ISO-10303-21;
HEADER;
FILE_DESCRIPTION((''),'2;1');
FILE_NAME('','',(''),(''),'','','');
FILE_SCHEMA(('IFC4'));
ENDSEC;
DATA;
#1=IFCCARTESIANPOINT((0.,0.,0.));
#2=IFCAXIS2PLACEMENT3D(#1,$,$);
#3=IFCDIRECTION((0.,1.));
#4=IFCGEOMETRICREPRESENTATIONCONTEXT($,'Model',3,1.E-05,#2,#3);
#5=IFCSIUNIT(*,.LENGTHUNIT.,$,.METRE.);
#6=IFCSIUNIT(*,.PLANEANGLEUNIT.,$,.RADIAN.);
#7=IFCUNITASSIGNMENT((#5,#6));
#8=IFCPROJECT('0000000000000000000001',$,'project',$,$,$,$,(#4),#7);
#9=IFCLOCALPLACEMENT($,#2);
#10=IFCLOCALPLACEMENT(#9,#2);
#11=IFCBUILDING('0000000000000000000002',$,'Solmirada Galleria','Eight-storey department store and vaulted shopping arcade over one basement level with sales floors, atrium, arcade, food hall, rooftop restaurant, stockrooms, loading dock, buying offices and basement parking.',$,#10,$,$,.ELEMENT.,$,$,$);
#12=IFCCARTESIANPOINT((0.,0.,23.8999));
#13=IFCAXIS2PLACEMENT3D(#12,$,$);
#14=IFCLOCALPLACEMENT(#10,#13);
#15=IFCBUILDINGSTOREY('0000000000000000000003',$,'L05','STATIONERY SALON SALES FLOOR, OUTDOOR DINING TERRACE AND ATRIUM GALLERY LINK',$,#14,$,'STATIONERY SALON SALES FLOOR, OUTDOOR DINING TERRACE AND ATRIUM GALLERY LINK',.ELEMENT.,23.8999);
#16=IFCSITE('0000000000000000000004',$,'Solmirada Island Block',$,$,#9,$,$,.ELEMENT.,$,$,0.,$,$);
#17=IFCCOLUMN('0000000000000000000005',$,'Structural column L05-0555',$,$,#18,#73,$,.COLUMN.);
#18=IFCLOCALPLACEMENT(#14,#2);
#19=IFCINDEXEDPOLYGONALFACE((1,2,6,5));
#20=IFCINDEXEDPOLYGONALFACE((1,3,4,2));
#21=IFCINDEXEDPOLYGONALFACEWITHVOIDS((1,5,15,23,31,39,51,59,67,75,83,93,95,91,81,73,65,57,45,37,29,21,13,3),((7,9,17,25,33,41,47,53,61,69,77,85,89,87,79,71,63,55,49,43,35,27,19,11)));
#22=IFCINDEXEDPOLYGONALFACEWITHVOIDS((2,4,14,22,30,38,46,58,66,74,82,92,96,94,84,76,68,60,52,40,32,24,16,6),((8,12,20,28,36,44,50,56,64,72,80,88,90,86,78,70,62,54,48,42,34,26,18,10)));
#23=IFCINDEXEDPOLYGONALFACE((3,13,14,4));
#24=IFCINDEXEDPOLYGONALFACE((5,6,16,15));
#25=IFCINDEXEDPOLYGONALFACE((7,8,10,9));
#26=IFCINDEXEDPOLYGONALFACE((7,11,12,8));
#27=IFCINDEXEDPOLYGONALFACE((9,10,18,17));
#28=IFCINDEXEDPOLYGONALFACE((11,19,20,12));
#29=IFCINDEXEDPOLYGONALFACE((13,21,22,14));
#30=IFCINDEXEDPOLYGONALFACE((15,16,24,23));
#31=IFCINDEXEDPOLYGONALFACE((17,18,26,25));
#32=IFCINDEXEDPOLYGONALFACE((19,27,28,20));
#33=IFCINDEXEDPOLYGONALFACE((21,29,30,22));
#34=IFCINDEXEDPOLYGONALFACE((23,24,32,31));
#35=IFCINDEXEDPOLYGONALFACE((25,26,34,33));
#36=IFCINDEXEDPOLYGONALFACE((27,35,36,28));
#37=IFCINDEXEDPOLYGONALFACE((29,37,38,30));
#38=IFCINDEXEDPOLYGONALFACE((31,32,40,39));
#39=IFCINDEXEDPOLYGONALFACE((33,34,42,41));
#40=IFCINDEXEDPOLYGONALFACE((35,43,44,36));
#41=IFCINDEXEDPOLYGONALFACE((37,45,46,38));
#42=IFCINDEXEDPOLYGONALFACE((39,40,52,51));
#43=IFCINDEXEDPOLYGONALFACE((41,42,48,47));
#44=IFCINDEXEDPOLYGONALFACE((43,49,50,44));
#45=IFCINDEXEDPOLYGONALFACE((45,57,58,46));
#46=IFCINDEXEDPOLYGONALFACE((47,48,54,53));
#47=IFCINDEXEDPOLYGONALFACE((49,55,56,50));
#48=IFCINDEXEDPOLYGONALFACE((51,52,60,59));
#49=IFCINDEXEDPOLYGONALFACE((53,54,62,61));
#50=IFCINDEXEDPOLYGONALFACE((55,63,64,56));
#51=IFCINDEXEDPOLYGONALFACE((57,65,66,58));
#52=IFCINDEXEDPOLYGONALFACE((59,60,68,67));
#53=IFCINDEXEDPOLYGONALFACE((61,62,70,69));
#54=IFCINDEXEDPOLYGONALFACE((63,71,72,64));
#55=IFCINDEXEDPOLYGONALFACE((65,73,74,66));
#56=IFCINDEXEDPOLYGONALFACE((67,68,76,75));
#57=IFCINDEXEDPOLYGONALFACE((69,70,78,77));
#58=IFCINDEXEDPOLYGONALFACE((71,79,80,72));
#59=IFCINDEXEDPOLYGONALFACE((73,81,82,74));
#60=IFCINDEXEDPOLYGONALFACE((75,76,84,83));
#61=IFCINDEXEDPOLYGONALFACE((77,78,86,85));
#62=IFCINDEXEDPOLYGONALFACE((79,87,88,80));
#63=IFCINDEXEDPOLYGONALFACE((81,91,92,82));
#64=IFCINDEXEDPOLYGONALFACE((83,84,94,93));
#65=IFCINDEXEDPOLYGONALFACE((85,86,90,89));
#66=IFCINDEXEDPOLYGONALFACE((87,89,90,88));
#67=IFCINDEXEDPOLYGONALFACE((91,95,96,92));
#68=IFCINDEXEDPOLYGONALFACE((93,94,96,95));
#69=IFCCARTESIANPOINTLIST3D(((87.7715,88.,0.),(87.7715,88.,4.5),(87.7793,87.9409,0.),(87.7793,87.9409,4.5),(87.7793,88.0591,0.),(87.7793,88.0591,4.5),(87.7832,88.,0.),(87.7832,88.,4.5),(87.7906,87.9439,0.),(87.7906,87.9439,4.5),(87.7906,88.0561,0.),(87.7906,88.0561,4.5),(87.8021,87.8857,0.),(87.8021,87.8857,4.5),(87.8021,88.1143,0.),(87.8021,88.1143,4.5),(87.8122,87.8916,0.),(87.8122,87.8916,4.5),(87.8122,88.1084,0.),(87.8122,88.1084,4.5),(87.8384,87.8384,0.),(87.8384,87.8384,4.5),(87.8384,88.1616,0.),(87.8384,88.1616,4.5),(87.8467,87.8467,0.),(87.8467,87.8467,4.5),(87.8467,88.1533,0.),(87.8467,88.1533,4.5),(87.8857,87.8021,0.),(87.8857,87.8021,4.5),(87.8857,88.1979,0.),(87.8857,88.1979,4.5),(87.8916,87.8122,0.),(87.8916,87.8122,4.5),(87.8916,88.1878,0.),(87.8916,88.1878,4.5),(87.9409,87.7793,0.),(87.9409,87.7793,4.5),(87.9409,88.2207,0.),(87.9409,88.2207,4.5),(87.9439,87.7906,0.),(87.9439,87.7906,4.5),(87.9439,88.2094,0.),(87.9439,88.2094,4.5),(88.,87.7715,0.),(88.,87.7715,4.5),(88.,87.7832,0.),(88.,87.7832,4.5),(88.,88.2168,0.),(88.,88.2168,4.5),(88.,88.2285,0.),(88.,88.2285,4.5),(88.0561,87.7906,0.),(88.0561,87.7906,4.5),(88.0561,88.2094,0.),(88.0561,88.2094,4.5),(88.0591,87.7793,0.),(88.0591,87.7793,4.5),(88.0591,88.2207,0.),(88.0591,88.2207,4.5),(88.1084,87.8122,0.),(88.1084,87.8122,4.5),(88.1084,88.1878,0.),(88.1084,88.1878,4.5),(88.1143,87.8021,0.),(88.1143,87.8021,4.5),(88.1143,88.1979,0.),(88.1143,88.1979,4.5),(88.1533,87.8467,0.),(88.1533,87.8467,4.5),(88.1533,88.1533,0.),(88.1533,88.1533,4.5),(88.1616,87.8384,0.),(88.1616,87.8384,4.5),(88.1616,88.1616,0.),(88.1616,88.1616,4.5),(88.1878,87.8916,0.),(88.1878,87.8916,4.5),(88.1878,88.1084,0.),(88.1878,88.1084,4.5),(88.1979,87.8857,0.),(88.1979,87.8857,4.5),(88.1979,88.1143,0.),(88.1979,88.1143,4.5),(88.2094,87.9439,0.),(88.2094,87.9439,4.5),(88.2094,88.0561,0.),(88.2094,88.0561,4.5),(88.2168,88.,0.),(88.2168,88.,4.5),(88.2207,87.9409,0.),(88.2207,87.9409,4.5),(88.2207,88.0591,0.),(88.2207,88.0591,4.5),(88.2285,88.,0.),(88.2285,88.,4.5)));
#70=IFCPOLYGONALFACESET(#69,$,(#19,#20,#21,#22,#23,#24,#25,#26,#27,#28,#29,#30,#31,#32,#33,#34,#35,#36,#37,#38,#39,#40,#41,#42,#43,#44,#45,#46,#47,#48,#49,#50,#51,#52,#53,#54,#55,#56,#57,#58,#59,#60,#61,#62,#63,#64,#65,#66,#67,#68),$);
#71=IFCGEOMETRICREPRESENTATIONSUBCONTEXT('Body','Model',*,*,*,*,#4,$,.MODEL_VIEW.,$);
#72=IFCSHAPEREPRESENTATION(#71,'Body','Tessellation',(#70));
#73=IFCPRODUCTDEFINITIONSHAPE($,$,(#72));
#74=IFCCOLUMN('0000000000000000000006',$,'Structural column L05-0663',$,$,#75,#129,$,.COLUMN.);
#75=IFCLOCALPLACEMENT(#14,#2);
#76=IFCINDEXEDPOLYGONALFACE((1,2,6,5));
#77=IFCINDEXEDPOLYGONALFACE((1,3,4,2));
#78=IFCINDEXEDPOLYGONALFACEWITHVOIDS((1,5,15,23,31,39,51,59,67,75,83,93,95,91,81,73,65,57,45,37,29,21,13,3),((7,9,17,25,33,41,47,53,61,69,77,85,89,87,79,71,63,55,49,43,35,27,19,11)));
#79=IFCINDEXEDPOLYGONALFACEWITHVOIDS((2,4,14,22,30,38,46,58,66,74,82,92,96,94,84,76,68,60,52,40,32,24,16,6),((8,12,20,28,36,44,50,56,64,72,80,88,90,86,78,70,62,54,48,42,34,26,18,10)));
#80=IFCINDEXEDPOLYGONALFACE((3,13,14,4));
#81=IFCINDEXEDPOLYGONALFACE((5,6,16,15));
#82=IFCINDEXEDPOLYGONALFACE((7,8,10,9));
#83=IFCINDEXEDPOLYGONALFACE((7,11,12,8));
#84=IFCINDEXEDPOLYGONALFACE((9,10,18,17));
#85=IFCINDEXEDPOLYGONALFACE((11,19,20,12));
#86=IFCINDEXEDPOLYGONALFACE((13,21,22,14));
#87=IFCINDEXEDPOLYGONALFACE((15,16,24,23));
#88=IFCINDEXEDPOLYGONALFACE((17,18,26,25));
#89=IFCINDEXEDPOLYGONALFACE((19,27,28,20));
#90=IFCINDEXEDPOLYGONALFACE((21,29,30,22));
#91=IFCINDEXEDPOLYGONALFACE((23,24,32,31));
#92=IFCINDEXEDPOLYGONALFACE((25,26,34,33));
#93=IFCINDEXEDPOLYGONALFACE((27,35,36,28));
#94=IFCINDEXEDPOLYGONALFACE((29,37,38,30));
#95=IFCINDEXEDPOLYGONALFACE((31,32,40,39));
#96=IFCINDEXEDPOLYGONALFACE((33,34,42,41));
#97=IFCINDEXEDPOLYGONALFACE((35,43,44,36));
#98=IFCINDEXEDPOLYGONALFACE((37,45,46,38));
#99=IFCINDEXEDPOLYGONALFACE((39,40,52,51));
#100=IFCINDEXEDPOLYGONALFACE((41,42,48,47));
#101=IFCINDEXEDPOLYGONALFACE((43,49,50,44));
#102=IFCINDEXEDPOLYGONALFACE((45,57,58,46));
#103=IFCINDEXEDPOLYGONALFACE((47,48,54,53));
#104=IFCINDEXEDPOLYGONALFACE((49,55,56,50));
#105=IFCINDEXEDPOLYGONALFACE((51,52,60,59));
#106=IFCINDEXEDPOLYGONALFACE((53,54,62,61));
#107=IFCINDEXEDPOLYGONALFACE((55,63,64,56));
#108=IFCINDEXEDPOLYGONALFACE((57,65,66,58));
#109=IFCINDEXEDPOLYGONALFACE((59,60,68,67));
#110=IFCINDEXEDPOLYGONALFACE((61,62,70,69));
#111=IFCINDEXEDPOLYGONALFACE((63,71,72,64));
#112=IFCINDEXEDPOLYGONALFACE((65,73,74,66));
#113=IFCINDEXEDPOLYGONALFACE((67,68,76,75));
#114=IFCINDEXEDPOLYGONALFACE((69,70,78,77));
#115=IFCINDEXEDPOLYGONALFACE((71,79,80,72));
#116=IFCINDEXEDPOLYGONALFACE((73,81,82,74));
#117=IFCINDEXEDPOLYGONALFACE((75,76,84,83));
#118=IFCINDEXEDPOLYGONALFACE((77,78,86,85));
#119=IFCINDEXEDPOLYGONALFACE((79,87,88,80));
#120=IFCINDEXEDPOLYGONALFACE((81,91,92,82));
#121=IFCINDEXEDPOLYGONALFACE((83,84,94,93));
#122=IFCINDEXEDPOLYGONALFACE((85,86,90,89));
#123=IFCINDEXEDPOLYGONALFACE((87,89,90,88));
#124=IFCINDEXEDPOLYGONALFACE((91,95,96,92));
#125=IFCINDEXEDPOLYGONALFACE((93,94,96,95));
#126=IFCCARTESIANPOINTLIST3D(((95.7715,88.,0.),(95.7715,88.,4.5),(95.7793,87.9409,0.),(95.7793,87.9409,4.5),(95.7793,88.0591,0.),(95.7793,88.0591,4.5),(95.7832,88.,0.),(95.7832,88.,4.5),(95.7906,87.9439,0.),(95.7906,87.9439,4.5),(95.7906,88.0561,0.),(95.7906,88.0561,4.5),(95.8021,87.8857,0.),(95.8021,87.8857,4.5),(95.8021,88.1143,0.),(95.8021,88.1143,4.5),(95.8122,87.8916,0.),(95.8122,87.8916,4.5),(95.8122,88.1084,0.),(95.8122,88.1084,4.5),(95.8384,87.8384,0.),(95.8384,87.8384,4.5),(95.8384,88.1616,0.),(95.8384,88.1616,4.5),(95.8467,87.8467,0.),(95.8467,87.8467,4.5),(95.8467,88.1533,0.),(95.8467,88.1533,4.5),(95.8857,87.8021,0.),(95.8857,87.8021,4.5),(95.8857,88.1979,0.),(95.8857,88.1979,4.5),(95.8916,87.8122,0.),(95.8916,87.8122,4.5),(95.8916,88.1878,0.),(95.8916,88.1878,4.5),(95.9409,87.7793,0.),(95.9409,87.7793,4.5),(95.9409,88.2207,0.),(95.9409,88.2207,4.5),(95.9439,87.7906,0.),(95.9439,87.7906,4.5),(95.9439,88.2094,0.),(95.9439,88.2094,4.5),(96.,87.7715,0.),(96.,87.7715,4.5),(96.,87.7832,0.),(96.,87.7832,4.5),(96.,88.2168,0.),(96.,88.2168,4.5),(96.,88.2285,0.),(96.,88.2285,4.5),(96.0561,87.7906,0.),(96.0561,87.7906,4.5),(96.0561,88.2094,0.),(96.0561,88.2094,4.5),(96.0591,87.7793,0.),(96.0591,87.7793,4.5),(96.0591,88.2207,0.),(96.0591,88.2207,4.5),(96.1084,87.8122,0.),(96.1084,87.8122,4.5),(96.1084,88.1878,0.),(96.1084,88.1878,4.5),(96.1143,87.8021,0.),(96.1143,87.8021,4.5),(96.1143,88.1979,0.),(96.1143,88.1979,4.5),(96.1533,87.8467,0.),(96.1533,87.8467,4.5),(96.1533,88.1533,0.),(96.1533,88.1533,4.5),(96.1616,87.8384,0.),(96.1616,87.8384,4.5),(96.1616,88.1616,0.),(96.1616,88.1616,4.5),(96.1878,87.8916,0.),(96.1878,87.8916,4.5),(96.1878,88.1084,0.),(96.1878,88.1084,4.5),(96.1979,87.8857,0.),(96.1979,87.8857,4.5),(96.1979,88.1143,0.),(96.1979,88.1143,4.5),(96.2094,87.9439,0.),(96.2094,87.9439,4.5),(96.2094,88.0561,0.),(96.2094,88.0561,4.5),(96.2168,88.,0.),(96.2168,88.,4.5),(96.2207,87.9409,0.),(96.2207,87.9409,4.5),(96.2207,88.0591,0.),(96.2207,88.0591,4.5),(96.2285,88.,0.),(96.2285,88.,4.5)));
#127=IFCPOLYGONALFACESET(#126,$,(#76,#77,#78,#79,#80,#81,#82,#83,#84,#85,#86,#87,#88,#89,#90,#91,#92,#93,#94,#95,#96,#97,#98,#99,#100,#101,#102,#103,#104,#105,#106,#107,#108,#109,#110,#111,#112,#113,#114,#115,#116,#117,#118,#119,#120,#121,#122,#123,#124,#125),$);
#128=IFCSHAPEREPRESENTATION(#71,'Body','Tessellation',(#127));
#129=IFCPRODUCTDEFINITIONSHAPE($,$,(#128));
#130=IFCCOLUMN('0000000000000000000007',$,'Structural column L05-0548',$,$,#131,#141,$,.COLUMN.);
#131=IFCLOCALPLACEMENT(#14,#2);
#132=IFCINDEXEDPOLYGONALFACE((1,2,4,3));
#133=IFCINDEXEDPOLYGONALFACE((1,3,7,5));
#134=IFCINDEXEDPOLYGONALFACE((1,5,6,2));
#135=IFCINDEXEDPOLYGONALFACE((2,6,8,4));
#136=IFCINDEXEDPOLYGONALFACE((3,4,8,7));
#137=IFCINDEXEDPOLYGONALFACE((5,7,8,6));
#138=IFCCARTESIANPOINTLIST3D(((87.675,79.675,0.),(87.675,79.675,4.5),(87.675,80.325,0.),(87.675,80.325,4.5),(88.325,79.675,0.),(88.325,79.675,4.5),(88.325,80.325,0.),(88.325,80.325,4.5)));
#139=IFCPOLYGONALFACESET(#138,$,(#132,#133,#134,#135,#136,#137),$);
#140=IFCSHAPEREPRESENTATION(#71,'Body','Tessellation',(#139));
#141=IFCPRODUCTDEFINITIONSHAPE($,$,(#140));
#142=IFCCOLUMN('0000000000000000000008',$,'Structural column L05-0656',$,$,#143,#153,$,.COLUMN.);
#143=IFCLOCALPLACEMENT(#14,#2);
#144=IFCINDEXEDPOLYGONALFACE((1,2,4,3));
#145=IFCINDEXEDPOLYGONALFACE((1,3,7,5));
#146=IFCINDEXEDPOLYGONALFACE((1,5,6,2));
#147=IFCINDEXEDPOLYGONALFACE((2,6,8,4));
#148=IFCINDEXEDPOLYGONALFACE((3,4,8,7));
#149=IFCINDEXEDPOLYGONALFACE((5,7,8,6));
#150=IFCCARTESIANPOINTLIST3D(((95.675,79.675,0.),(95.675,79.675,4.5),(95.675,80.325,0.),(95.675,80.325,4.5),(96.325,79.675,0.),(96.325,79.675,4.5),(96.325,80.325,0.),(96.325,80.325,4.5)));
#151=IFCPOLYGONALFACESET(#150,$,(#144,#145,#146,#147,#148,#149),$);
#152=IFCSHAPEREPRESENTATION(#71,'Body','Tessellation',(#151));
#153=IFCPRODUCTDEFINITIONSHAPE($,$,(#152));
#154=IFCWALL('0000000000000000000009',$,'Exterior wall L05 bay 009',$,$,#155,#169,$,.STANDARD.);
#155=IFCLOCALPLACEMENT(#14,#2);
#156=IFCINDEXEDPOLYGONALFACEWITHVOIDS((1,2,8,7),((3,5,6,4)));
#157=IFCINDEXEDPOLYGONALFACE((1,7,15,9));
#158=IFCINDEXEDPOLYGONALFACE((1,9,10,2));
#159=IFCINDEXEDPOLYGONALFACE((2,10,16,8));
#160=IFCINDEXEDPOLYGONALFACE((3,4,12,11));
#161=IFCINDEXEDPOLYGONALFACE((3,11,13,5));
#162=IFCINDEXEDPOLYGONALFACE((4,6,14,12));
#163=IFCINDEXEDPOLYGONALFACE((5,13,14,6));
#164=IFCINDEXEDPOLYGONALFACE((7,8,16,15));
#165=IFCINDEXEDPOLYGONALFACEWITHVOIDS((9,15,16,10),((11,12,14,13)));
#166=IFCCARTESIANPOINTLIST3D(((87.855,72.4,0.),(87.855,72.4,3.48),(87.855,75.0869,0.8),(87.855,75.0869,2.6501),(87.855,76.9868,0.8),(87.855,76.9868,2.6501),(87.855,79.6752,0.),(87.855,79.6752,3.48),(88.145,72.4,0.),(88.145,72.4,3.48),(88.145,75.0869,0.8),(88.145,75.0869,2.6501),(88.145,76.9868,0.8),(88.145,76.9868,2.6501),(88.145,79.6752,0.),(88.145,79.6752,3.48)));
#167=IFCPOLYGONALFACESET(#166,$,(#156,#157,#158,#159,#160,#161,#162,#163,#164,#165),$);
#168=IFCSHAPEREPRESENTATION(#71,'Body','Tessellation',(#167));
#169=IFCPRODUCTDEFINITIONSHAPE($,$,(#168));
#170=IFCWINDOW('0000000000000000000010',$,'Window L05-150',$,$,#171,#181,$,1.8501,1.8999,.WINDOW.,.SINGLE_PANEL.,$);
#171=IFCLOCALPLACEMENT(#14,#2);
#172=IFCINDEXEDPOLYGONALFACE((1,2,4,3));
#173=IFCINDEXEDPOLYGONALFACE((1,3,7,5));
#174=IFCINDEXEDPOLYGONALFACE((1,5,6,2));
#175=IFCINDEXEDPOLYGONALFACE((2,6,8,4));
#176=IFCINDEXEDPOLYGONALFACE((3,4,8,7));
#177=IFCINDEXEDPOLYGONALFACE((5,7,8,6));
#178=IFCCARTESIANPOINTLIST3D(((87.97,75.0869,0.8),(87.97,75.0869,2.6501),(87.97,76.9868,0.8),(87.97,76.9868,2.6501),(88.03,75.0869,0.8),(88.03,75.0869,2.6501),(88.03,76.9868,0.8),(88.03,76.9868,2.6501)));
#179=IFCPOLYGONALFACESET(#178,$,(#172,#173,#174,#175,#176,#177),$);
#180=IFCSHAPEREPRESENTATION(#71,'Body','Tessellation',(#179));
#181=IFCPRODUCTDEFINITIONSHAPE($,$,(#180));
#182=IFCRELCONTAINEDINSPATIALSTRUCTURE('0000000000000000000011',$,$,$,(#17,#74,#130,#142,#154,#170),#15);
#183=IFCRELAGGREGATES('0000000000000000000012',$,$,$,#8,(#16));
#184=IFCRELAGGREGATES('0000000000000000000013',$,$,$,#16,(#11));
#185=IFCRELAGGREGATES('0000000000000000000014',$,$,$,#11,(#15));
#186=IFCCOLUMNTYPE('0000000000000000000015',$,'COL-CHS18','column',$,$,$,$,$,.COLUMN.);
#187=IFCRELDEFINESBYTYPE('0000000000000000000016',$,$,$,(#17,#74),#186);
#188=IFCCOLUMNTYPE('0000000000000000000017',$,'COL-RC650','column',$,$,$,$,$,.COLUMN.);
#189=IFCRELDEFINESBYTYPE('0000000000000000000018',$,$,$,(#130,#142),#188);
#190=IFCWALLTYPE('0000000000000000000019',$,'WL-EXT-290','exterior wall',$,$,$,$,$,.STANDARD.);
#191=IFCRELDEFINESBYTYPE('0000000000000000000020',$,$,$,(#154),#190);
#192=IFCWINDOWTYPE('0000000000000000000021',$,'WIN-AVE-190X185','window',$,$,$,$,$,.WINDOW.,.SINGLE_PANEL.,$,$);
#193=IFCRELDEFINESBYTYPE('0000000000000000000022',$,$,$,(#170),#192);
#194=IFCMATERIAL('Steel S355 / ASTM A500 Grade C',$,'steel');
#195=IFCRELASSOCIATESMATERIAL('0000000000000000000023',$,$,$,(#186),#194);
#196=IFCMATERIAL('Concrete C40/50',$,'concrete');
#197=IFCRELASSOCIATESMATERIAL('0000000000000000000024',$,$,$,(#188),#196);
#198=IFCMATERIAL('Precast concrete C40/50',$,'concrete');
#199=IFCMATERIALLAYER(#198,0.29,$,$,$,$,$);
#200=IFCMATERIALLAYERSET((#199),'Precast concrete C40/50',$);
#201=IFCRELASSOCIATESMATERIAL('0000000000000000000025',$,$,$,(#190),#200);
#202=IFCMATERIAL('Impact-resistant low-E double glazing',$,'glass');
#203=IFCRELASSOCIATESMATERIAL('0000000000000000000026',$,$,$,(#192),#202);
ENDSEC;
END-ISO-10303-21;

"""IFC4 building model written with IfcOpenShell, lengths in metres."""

from ifc_helpers import new_model, si_unit, direction, frame, frame_2d, origin, origin_2d, place, context, subcontext, project, spatial, rectangle, hollow_circle, extrude, material, layer, layer_set, material_profile, profile_set, type_object, element, fill, save


model = new_model("IFC4")

# Units and contexts
model_context = context("Model", 3, precision=1e-05, world=origin(), true_north=direction((0.0, 1.0)))
body_context = subcontext(model_context, "Body", "Model", "MODEL_VIEW")
ifc_project = project(units=[si_unit("LENGTHUNIT", "METRE"), si_unit("PLANEANGLEUNIT", "RADIAN")], contexts=[model_context])

# Site, building, storey
site_placement = place(None, origin())
site = spatial("IfcSite", under=ifc_project, at=site_placement, Name="Solmirada Island Block", CompositionType="ELEMENT", RefElevation=0.0)
building_placement = place(site_placement, origin())
building = spatial("IfcBuilding", under=site, at=building_placement, Name="Solmirada Galleria", Description="Eight-storey department store and vaulted shopping arcade over one basement level with sales floors, atrium, arcade, food hall, rooftop restaurant, stockrooms, loading dock, buying offices and basement parking.", CompositionType="ELEMENT")
storey_placement = place(building_placement, frame((0.0, 0.0, 23.8999)))
storey = spatial("IfcBuildingStorey", under=building, at=storey_placement, Name="L05", Description="STATIONERY SALON SALES FLOOR, OUTDOOR DINING TERRACE AND ATRIUM GALLERY LINK", LongName="STATIONERY SALON SALES FLOOR, OUTDOOR DINING TERRACE AND ATRIUM GALLERY LINK", CompositionType="ELEMENT", Elevation=23.8999)

# Columns
ifc_material_1 = material(Name="Steel S355 / ASTM A500 Grade C", Category="steel")
ifc_material_profile_1 = material_profile(ifc_material_1, hollow_circle(Radius=0.2285, WallThickness=0.0117, at=origin_2d()), Name="HSS18.000X0.500")
ifc_profile_set_1 = profile_set([ifc_material_profile_1], Name="Steel S355 / ASTM A500 Grade C")
column_type_1 = type_object("IfcColumnType", Name="COL-CHS18", Description="column", PredefinedType="COLUMN", material=ifc_profile_set_1)
for number, where, z_axis, x_axis, name in (
    (1, (88.0, 88.0, 0.0), (0.0, 0.0, 1.0), (1.0, 0.0, 0.0), "Structural column L05-0555"),
    (2, (96.0, 88.0, 0.0), (0.0, 0.0, 1.0), (1.0, 0.0, 0.0), "Structural column L05-0663"),
):
    element("IfcColumn", number, at=place(storey_placement, frame(where, z_axis=z_axis, x_axis=x_axis)), inside=storey, type_object=column_type_1, Name=name, PredefinedType="COLUMN", context=body_context, shape_type="SweptSolid", body=[
        extrude(hollow_circle(Radius=0.2285, WallThickness=0.0117, at=origin_2d()), origin(), (0.0, 0.0, 1.0), 4.5),
    ])
ifc_material_2 = material(Name="Concrete C40/50", Category="concrete")
ifc_material_profile_2 = material_profile(ifc_material_2, rectangle(XDim=0.6499, YDim=0.6499, at=origin_2d()), Name="RC650X650")
ifc_profile_set_2 = profile_set([ifc_material_profile_2], Name="Concrete C40/50")
column_type_2 = type_object("IfcColumnType", Name="COL-RC650", Description="column", PredefinedType="COLUMN", material=ifc_profile_set_2)
for number, where, z_axis, x_axis, name in (
    (3, (88.0, 80.0, 0.0), (0.0, 0.0, 1.0), (1.0, 0.0, 0.0), "Structural column L05-0548"),
    (4, (96.0, 80.0, 0.0), (0.0, 0.0, 1.0), (1.0, 0.0, 0.0), "Structural column L05-0656"),
):
    element("IfcColumn", number, at=place(storey_placement, frame(where, z_axis=z_axis, x_axis=x_axis)), inside=storey, type_object=column_type_2, Name=name, PredefinedType="COLUMN", context=body_context, shape_type="SweptSolid", body=[
        extrude(rectangle(XDim=0.6499, YDim=0.6499, at=origin_2d()), origin(), (0.0, 0.0, 1.0), 4.5),
    ])

# Wall, opening, window
ifc_material_3 = material(Name="Precast concrete C40/50", Category="concrete")
ifc_layer_1 = layer(ifc_material_3, 0.29)
ifc_layer_set_1 = layer_set([ifc_layer_1], Name="Precast concrete C40/50")
wall_type = type_object("IfcWallType", Name="WL-EXT-290", Description="exterior wall", PredefinedType="STANDARD", material=ifc_layer_set_1)
wall_1_placement = place(storey_placement, frame((88.0, 72.3999, 0.0), z_axis=(0.0, 0.0, 1.0), x_axis=(0.0, 1.0, 0.0)))
wall_1 = element("IfcWall", 5, at=wall_1_placement, inside=storey, type_object=wall_type, Name="Exterior wall L05 bay 009", PredefinedType="STANDARD", context=body_context, shape_type="SweptSolid", body=[
    extrude(rectangle(XDim=7.2751, YDim=0.29, at=frame_2d((3.6377, 0.0))), origin(), (0.0, 0.0, 1.0), 3.48),
])
opening_1_placement = place(wall_1_placement, frame((2.687, 0.0, 0.8)))
opening_1 = element("IfcOpeningElement", 6, at=opening_1_placement, cuts=wall_1, PredefinedType="OPENING", context=body_context, shape_type="SweptSolid", body=[
    extrude(rectangle(XDim=1.8999, YDim=1.8501, at=frame_2d((0.95, 0.925))), frame((0.0, 0.155, 0.0), z_axis=(0.0, -1.0, 0.0), x_axis=(1.0, 0.0, 0.0)), (0.0, 0.0, 1.0), 0.3101),
])
ifc_material_4 = material(Name="Impact-resistant low-E double glazing", Category="glass")
window_type_1 = type_object("IfcWindowType", Name="WIN-AVE-190X185", Description="window", PartitioningType="SINGLE_PANEL", PredefinedType="WINDOW", material=ifc_material_4)
window_1_placement = place(opening_1_placement, origin())
window_1 = element("IfcWindow", 7, at=window_1_placement, inside=storey, type_object=window_type_1, Name="Window L05-150", OverallHeight=1.8501, OverallWidth=1.8999, PartitioningType="SINGLE_PANEL", PredefinedType="WINDOW", context=body_context, shape_type="SweptSolid", body=[
    extrude(rectangle(XDim=1.8999, YDim=1.8501, at=frame_2d((0.95, 0.925))), frame((0.0, 0.03, 0.0), z_axis=(0.0, -1.0, 0.0), x_axis=(1.0, 0.0, 0.0)), (0.0, 0.0, 1.0), 0.0601),
])
fill(opening_1, window_1)

save(model, "model.ifc")
